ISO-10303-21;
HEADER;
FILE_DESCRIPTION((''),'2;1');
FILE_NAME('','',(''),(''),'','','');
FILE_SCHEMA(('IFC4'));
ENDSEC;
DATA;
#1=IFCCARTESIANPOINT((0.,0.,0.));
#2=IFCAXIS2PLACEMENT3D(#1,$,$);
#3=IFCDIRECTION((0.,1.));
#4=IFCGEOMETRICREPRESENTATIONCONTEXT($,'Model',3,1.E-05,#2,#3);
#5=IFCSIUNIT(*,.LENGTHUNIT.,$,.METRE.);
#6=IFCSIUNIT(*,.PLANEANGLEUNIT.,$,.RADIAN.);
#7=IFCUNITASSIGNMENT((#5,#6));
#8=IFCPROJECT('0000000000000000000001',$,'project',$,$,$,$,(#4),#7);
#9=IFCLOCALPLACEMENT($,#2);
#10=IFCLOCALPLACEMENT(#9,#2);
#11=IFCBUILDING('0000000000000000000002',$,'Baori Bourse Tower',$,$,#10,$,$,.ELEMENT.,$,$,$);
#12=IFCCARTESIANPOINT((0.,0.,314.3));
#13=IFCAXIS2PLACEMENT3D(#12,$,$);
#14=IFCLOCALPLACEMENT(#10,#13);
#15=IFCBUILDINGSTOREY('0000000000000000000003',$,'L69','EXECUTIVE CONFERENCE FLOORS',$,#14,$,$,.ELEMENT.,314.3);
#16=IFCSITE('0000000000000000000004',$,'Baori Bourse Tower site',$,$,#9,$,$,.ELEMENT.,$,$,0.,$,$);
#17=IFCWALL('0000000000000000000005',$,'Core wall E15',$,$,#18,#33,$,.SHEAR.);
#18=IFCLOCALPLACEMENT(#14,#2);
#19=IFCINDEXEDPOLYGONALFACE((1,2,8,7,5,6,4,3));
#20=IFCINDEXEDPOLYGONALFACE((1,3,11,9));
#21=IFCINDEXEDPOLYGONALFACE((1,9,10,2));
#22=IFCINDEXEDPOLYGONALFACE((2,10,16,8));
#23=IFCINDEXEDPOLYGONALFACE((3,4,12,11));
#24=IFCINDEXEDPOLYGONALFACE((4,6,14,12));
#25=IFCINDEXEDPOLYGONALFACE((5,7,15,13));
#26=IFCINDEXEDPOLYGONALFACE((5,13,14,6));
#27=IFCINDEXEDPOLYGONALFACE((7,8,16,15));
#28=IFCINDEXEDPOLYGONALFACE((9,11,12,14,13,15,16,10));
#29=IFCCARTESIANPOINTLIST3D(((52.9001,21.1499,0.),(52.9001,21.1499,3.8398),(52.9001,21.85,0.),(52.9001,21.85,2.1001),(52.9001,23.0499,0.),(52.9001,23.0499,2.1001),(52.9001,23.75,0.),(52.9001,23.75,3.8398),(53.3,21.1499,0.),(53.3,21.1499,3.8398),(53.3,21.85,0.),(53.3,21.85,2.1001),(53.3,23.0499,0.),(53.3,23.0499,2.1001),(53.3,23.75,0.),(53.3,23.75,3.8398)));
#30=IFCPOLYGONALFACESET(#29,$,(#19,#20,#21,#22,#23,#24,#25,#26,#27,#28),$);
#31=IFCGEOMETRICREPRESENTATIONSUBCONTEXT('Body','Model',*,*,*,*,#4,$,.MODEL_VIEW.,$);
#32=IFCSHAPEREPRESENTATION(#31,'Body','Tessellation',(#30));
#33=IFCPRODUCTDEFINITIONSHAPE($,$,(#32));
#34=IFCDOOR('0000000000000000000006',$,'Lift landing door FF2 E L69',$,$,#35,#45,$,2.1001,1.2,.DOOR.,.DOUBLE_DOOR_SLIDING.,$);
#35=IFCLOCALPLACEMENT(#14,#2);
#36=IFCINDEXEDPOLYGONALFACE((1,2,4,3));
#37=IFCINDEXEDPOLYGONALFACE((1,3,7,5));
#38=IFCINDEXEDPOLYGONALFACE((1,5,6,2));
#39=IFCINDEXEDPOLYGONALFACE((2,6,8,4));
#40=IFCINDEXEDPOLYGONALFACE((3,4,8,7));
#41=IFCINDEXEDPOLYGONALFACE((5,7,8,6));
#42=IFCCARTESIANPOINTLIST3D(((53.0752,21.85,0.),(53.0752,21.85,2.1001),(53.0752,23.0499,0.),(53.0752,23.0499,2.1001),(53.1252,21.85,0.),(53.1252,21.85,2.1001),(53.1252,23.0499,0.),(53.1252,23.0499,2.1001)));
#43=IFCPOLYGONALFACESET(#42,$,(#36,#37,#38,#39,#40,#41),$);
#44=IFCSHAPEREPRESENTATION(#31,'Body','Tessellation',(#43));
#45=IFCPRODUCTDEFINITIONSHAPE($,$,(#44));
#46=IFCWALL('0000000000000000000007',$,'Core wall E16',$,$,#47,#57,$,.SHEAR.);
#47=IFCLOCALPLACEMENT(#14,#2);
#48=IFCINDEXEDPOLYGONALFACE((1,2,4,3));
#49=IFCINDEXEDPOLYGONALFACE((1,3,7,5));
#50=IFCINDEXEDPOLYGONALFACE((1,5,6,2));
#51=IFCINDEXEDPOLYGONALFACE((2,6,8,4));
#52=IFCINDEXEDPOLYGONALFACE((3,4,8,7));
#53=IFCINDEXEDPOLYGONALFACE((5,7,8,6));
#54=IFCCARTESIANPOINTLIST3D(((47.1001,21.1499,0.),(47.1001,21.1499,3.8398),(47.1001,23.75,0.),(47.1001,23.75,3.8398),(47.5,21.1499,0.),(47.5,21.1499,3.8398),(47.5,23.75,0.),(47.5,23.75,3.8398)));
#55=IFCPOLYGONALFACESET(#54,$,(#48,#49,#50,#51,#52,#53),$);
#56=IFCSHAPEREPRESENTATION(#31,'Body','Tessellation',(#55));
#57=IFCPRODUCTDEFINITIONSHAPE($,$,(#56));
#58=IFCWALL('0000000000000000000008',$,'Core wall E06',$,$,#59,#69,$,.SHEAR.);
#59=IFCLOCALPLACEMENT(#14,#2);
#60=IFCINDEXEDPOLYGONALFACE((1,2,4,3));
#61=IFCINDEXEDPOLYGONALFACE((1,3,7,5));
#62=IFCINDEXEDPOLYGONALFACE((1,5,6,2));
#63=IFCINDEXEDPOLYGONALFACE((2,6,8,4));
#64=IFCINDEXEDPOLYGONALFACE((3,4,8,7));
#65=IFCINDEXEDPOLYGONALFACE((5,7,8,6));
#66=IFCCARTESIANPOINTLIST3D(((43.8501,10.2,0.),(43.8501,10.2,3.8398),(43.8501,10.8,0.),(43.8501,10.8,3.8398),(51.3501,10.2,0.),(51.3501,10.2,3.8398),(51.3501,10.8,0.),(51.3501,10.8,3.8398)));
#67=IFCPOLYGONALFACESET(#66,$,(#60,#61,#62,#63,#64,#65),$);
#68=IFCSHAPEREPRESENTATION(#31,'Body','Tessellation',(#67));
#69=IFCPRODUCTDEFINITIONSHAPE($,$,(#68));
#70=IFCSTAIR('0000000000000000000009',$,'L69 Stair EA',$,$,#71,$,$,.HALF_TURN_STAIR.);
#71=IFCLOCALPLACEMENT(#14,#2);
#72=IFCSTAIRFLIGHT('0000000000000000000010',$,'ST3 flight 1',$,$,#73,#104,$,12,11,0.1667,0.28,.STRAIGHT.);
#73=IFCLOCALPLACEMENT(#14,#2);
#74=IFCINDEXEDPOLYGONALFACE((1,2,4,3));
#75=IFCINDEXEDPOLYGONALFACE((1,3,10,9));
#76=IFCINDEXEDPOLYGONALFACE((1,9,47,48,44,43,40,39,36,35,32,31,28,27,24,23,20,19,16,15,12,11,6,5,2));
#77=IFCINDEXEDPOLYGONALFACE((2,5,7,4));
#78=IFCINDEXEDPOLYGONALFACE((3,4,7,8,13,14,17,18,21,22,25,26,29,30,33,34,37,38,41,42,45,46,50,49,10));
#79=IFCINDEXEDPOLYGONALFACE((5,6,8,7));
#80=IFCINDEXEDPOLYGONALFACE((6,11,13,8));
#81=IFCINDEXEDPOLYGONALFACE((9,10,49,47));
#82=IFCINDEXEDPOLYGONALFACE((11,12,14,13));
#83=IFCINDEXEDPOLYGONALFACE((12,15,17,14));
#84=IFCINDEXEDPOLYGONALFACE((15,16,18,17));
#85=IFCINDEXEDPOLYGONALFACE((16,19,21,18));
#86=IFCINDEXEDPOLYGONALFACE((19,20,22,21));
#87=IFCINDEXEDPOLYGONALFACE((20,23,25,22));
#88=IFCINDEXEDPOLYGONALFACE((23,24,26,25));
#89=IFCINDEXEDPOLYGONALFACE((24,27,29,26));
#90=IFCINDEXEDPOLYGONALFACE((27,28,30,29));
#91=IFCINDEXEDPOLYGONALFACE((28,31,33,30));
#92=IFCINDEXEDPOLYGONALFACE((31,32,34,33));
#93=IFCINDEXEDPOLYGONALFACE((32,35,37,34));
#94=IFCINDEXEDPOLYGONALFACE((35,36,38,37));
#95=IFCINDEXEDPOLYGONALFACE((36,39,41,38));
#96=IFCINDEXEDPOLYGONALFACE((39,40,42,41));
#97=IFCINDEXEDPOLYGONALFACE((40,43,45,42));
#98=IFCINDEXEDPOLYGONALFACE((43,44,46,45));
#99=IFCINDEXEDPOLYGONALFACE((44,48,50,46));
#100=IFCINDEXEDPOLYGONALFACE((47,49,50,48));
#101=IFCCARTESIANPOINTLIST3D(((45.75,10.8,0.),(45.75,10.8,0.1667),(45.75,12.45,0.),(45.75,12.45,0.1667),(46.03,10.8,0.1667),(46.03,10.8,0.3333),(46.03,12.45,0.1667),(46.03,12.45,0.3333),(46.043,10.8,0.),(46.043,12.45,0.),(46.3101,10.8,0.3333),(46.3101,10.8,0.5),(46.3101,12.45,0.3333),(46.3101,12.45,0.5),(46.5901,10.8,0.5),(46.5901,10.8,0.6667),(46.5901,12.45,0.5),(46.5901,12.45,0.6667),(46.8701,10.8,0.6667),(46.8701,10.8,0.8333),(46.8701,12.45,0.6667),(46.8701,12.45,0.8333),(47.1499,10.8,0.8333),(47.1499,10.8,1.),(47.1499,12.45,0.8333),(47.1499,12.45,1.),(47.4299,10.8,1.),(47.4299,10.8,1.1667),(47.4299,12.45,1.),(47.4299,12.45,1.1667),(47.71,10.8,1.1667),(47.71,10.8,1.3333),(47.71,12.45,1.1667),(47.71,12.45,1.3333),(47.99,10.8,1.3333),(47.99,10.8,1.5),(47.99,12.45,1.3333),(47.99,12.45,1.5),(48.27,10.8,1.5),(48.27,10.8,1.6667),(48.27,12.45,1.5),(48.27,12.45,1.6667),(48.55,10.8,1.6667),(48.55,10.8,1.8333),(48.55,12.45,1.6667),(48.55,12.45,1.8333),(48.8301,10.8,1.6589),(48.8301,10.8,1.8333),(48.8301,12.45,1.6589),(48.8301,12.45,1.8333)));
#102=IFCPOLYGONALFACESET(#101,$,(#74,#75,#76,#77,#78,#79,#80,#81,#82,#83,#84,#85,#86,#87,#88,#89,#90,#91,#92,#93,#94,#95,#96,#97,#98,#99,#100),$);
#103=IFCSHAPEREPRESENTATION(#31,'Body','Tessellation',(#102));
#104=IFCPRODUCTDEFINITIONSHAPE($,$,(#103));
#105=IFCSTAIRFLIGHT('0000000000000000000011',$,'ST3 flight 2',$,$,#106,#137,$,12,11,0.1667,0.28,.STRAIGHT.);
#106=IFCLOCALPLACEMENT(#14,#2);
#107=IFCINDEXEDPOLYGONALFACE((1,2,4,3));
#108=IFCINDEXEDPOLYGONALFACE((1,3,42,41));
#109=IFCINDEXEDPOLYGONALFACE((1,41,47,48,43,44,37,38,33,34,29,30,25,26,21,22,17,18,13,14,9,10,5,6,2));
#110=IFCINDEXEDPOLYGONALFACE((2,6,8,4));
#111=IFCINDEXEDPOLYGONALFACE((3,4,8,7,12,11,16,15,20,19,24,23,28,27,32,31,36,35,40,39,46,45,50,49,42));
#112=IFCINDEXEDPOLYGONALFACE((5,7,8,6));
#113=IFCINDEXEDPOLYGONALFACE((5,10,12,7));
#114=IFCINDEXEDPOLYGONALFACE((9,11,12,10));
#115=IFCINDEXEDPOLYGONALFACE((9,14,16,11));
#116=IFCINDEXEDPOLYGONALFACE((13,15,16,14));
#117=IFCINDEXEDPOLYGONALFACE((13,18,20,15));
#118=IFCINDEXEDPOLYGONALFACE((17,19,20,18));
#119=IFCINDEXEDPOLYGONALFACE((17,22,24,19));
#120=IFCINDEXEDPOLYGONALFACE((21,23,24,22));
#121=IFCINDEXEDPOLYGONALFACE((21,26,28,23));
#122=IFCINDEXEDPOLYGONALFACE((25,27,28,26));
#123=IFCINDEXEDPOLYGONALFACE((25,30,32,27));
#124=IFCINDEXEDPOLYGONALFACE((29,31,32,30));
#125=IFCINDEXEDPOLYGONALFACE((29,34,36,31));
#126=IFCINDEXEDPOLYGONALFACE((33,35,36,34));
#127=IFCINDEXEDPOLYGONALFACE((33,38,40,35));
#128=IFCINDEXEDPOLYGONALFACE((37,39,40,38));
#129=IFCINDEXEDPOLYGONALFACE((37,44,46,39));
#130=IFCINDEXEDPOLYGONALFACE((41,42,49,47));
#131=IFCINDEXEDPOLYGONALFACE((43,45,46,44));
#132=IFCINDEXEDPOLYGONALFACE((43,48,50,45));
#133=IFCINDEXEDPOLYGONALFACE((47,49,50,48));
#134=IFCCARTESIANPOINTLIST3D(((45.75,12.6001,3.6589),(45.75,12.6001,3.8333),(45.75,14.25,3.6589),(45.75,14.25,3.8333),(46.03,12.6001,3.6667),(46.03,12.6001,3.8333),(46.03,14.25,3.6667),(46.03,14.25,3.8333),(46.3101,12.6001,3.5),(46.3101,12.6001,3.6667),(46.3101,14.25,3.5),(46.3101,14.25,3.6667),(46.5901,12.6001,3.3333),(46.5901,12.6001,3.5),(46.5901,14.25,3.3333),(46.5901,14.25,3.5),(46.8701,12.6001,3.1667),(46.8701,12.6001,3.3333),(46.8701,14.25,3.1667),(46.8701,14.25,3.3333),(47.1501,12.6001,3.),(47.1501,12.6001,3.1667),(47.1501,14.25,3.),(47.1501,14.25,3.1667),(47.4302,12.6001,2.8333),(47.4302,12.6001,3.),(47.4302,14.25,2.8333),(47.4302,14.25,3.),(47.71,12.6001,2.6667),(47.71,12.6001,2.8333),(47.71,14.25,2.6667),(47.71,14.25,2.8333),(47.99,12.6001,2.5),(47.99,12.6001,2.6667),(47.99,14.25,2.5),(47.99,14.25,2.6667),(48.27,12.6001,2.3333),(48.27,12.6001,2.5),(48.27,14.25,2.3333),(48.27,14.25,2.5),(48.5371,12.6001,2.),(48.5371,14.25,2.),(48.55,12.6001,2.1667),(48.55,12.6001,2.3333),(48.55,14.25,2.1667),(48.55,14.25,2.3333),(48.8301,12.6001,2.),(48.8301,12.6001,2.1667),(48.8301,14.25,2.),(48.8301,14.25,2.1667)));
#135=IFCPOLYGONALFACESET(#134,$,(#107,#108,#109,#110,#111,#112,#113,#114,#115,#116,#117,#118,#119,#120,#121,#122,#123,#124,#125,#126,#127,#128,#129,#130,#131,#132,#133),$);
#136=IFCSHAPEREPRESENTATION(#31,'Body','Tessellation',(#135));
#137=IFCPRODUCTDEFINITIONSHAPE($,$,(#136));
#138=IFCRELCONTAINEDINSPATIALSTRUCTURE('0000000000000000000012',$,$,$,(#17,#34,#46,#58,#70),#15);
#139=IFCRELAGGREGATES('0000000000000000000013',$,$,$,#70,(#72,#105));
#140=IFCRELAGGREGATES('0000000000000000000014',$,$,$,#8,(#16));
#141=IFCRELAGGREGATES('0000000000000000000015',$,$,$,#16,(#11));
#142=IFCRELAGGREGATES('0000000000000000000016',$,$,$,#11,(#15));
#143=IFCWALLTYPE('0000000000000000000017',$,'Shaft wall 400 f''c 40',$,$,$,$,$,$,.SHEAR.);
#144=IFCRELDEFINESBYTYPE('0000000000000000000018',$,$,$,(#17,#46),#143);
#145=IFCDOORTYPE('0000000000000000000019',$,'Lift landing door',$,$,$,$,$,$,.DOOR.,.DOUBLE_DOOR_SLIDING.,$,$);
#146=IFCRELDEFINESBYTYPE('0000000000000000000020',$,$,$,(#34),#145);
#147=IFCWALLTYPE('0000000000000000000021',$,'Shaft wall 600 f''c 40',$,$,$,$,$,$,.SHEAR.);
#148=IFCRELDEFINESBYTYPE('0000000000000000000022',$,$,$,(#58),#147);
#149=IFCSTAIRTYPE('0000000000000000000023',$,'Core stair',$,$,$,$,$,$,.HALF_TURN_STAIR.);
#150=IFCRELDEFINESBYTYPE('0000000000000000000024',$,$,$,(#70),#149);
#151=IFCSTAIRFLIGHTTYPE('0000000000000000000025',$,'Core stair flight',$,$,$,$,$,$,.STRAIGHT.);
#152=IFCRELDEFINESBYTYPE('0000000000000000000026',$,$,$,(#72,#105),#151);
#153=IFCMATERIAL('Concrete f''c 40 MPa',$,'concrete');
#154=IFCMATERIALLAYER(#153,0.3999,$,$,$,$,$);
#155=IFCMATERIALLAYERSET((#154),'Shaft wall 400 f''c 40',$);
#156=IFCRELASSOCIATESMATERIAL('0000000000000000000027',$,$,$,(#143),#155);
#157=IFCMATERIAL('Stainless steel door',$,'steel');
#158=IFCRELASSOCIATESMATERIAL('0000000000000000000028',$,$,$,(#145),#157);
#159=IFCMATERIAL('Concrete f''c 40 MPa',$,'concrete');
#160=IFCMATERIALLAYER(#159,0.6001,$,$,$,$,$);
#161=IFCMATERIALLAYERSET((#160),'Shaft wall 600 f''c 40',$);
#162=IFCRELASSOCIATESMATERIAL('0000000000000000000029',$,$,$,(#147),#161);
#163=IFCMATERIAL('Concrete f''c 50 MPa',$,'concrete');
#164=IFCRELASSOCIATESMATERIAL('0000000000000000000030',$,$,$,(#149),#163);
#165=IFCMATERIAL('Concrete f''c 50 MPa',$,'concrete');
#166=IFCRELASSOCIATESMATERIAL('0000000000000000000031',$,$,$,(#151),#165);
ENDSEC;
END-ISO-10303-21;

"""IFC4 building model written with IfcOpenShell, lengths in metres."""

from ifc_helpers import new_model, si_unit, direction, frame, frame_2d, origin, place, context, subcontext, project, spatial, polyline, rectangle, outline, extrude, material, layer, layer_set, type_object, element, fill, aggregate, save


model = new_model("IFC4")

# Units and contexts
model_context = context("Model", 3, precision=1e-05, world=origin(), true_north=direction((0.0, 1.0)))
body_context = subcontext(model_context, "Body", "Model", "MODEL_VIEW")
ifc_project = project(units=[si_unit("LENGTHUNIT", "METRE"), si_unit("PLANEANGLEUNIT", "RADIAN")], contexts=[model_context])

# Site, building, storey
site_placement = place(None, origin())
site = spatial("IfcSite", under=ifc_project, at=site_placement, Name="Baori Bourse Tower site", CompositionType="ELEMENT", RefElevation=0.0)
building_placement = place(site_placement, origin())
building = spatial("IfcBuilding", under=site, at=building_placement, Name="Baori Bourse Tower", CompositionType="ELEMENT")
storey_placement = place(building_placement, frame((0.0, 0.0, 314.3)))
storey = spatial("IfcBuildingStorey", under=building, at=storey_placement, Name="L69", Description="EXECUTIVE CONFERENCE FLOORS", CompositionType="ELEMENT", Elevation=314.3)

# Shared definitions
ifc_material_1 = material(Name="Concrete f'c 40 MPa", Category="concrete")
ifc_layer_1 = layer(ifc_material_1, 0.3999)
ifc_layer_set_1 = layer_set([ifc_layer_1], Name="Shaft wall 400 f'c 40")
wall_type_1 = type_object("IfcWallType", Name="Shaft wall 400 f'c 40", PredefinedType="SHEAR", material=ifc_layer_set_1)

# Wall, opening, door
wall_1_placement = place(storey_placement, frame((53.1001, 21.1499, 0.0), z_axis=(0.0, 0.0, 1.0), x_axis=(0.0, 1.0, 0.0)))
wall_1 = element("IfcWall", 1, at=wall_1_placement, inside=storey, type_object=wall_type_1, Name="Core wall E15", PredefinedType="SHEAR", context=body_context, shape_type="SweptSolid", body=[
    extrude(rectangle(XDim=2.6001, YDim=0.3999, at=frame_2d((1.3, 0.0))), origin(), (0.0, 0.0, 1.0), 3.8398),
])
opening_1_placement = place(wall_1_placement, frame((0.7, 0.0, 0.0)))
opening_1 = element("IfcOpeningElement", 2, at=opening_1_placement, cuts=wall_1, PredefinedType="OPENING", context=body_context, shape_type="SweptSolid", body=[
    extrude(rectangle(XDim=1.2, YDim=2.1001, at=frame_2d((0.6001, 1.05))), frame((0.0, 0.21, 0.0), z_axis=(0.0, -1.0, 0.0), x_axis=(1.0, 0.0, 0.0)), (0.0, 0.0, 1.0), 0.4199),
])
ifc_material_2 = material(Name="Stainless steel door", Category="steel")
door_type_1 = type_object("IfcDoorType", Name="Lift landing door", OperationType="DOUBLE_DOOR_SLIDING", PredefinedType="DOOR", material=ifc_material_2)
door_1_placement = place(opening_1_placement, origin())
door_1 = element("IfcDoor", 3, at=door_1_placement, inside=storey, type_object=door_type_1, Name="Lift landing door FF2 E L69", OperationType="DOUBLE_DOOR_SLIDING", OverallHeight=2.1001, OverallWidth=1.2, PredefinedType="DOOR", context=body_context, shape_type="SweptSolid", body=[
    extrude(rectangle(XDim=1.2, YDim=2.1001, at=frame_2d((0.6001, 1.05))), frame((0.0, 0.0249, 0.0), z_axis=(0.0, -1.0, 0.0), x_axis=(1.0, 0.0, 0.0)), (0.0, 0.0, 1.0), 0.05),
])
fill(opening_1, door_1)

# Walls
wall_2_placement = place(storey_placement, frame((47.3, 21.1499, 0.0), z_axis=(0.0, 0.0, 1.0), x_axis=(0.0, 1.0, 0.0)))
element("IfcWall", 4, at=wall_2_placement, inside=storey, type_object=wall_type_1, Name="Core wall E16", PredefinedType="SHEAR", context=body_context, shape_type="SweptSolid", body=[
    extrude(rectangle(XDim=2.6001, YDim=0.3999, at=frame_2d((1.3, 0.0))), origin(), (0.0, 0.0, 1.0), 3.8398),
])
ifc_material_3 = material(Name="Concrete f'c 40 MPa", Category="concrete")
ifc_layer_2 = layer(ifc_material_3, 0.6001)
ifc_layer_set_2 = layer_set([ifc_layer_2], Name="Shaft wall 600 f'c 40")
wall_type_2 = type_object("IfcWallType", Name="Shaft wall 600 f'c 40", PredefinedType="SHEAR", material=ifc_layer_set_2)
wall_3_placement = place(storey_placement, frame((43.8501, 10.5, 0.0), z_axis=(0.0, 0.0, 1.0), x_axis=(1.0, 0.0, 0.0)))
element("IfcWall", 5, at=wall_3_placement, inside=storey, type_object=wall_type_2, Name="Core wall E06", PredefinedType="SHEAR", context=body_context, shape_type="SweptSolid", body=[
    extrude(rectangle(XDim=7.5, YDim=0.6001, at=frame_2d((3.75, 0.0))), origin(), (0.0, 0.0, 1.0), 3.8398),
])

# Stair, stair flights
ifc_material_4 = material(Name="Concrete f'c 50 MPa", Category="concrete")
stair_type = type_object("IfcStairType", Name="Core stair", PredefinedType="HALF_TURN_STAIR", material=ifc_material_4)
stair_placement = place(storey_placement, origin())
stair = element("IfcStair", 6, at=stair_placement, inside=storey, type_object=stair_type, Name="L69 Stair EA", PredefinedType="HALF_TURN_STAIR")
ifc_material_5 = material(Name="Concrete f'c 50 MPa", Category="concrete")
stair_flight_type = type_object("IfcStairFlightType", Name="Core stair flight", PredefinedType="STRAIGHT", material=ifc_material_5)
stair_flight_1_placement = place(storey_placement, frame((45.75, 11.625, 0.0), z_axis=(0.0, 0.0, 1.0), x_axis=(1.0, 0.0, 0.0)))
stair_flight_1 = element("IfcStairFlight", 7, at=stair_flight_1_placement, type_object=stair_flight_type, Name="ST3 flight 1", NumberOfRisers=12, NumberOfTreads=11, PredefinedType="STRAIGHT", RiserHeight=0.1667, TreadLength=0.28, context=body_context, shape_type="SweptSolid", body=[
    extrude(outline(polyline([(0.0, 0.0), (0.0, 0.1667), (0.28, 0.1667), (0.28, 0.3333), (0.5601, 0.3333), (0.5601, 0.5), (0.8401, 0.5), (0.8401, 0.6667), (1.1201, 0.6667), (1.1201, 0.8333), (1.3999, 0.8333), (1.3999, 1.0), (1.6799, 1.0), (1.6799, 1.1667), (1.96, 1.1667), (1.96, 1.3333), (2.24, 1.3333), (2.24, 1.5), (2.52, 1.5), (2.52, 1.6667), (2.8, 1.6667), (2.8, 1.8333), (3.0801, 1.8333), (3.0801, 2.0), (3.0801, 1.6589), (0.293, 0.0), (0.0, 0.0)])), frame((0.0, 0.825, 0.0), z_axis=(0.0, -1.0, 0.0), x_axis=(1.0, 0.0, 0.0)), (0.0, 0.0, 1.0), 1.6499),
])
stair_flight_2_placement = place(storey_placement, frame((48.8301, 13.425, 2.0), z_axis=(0.0, 0.0, 1.0), x_axis=(-1.0, 0.0, 0.0)))
stair_flight_2 = element("IfcStairFlight", 8, at=stair_flight_2_placement, type_object=stair_flight_type, Name="ST3 flight 2", NumberOfRisers=12, NumberOfTreads=11, PredefinedType="STRAIGHT", RiserHeight=0.1667, TreadLength=0.28, context=body_context, shape_type="SweptSolid", body=[
    extrude(outline(polyline([(0.0, 0.0), (0.0, 0.1667), (0.28, 0.1667), (0.28, 0.3333), (0.5601, 0.3333), (0.5601, 0.5), (0.8401, 0.5), (0.8401, 0.6667), (1.1201, 0.6667), (1.1201, 0.8333), (1.3999, 0.8333), (1.3999, 1.0), (1.6799, 1.0), (1.6799, 1.1667), (1.96, 1.1667), (1.96, 1.3333), (2.24, 1.3333), (2.24, 1.5), (2.52, 1.5), (2.52, 1.6667), (2.8, 1.6667), (2.8, 1.8333), (3.0801, 1.8333), (3.0801, 2.0), (3.0801, 1.6589), (0.293, 0.0), (0.0, 0.0)])), frame((0.0, 0.825, 0.0), z_axis=(0.0, -1.0, 0.0), x_axis=(1.0, 0.0, 0.0)), (0.0, 0.0, 1.0), 1.6499),
])
aggregate(stair, [stair_flight_1, stair_flight_2])

save(model, "model.ifc")
